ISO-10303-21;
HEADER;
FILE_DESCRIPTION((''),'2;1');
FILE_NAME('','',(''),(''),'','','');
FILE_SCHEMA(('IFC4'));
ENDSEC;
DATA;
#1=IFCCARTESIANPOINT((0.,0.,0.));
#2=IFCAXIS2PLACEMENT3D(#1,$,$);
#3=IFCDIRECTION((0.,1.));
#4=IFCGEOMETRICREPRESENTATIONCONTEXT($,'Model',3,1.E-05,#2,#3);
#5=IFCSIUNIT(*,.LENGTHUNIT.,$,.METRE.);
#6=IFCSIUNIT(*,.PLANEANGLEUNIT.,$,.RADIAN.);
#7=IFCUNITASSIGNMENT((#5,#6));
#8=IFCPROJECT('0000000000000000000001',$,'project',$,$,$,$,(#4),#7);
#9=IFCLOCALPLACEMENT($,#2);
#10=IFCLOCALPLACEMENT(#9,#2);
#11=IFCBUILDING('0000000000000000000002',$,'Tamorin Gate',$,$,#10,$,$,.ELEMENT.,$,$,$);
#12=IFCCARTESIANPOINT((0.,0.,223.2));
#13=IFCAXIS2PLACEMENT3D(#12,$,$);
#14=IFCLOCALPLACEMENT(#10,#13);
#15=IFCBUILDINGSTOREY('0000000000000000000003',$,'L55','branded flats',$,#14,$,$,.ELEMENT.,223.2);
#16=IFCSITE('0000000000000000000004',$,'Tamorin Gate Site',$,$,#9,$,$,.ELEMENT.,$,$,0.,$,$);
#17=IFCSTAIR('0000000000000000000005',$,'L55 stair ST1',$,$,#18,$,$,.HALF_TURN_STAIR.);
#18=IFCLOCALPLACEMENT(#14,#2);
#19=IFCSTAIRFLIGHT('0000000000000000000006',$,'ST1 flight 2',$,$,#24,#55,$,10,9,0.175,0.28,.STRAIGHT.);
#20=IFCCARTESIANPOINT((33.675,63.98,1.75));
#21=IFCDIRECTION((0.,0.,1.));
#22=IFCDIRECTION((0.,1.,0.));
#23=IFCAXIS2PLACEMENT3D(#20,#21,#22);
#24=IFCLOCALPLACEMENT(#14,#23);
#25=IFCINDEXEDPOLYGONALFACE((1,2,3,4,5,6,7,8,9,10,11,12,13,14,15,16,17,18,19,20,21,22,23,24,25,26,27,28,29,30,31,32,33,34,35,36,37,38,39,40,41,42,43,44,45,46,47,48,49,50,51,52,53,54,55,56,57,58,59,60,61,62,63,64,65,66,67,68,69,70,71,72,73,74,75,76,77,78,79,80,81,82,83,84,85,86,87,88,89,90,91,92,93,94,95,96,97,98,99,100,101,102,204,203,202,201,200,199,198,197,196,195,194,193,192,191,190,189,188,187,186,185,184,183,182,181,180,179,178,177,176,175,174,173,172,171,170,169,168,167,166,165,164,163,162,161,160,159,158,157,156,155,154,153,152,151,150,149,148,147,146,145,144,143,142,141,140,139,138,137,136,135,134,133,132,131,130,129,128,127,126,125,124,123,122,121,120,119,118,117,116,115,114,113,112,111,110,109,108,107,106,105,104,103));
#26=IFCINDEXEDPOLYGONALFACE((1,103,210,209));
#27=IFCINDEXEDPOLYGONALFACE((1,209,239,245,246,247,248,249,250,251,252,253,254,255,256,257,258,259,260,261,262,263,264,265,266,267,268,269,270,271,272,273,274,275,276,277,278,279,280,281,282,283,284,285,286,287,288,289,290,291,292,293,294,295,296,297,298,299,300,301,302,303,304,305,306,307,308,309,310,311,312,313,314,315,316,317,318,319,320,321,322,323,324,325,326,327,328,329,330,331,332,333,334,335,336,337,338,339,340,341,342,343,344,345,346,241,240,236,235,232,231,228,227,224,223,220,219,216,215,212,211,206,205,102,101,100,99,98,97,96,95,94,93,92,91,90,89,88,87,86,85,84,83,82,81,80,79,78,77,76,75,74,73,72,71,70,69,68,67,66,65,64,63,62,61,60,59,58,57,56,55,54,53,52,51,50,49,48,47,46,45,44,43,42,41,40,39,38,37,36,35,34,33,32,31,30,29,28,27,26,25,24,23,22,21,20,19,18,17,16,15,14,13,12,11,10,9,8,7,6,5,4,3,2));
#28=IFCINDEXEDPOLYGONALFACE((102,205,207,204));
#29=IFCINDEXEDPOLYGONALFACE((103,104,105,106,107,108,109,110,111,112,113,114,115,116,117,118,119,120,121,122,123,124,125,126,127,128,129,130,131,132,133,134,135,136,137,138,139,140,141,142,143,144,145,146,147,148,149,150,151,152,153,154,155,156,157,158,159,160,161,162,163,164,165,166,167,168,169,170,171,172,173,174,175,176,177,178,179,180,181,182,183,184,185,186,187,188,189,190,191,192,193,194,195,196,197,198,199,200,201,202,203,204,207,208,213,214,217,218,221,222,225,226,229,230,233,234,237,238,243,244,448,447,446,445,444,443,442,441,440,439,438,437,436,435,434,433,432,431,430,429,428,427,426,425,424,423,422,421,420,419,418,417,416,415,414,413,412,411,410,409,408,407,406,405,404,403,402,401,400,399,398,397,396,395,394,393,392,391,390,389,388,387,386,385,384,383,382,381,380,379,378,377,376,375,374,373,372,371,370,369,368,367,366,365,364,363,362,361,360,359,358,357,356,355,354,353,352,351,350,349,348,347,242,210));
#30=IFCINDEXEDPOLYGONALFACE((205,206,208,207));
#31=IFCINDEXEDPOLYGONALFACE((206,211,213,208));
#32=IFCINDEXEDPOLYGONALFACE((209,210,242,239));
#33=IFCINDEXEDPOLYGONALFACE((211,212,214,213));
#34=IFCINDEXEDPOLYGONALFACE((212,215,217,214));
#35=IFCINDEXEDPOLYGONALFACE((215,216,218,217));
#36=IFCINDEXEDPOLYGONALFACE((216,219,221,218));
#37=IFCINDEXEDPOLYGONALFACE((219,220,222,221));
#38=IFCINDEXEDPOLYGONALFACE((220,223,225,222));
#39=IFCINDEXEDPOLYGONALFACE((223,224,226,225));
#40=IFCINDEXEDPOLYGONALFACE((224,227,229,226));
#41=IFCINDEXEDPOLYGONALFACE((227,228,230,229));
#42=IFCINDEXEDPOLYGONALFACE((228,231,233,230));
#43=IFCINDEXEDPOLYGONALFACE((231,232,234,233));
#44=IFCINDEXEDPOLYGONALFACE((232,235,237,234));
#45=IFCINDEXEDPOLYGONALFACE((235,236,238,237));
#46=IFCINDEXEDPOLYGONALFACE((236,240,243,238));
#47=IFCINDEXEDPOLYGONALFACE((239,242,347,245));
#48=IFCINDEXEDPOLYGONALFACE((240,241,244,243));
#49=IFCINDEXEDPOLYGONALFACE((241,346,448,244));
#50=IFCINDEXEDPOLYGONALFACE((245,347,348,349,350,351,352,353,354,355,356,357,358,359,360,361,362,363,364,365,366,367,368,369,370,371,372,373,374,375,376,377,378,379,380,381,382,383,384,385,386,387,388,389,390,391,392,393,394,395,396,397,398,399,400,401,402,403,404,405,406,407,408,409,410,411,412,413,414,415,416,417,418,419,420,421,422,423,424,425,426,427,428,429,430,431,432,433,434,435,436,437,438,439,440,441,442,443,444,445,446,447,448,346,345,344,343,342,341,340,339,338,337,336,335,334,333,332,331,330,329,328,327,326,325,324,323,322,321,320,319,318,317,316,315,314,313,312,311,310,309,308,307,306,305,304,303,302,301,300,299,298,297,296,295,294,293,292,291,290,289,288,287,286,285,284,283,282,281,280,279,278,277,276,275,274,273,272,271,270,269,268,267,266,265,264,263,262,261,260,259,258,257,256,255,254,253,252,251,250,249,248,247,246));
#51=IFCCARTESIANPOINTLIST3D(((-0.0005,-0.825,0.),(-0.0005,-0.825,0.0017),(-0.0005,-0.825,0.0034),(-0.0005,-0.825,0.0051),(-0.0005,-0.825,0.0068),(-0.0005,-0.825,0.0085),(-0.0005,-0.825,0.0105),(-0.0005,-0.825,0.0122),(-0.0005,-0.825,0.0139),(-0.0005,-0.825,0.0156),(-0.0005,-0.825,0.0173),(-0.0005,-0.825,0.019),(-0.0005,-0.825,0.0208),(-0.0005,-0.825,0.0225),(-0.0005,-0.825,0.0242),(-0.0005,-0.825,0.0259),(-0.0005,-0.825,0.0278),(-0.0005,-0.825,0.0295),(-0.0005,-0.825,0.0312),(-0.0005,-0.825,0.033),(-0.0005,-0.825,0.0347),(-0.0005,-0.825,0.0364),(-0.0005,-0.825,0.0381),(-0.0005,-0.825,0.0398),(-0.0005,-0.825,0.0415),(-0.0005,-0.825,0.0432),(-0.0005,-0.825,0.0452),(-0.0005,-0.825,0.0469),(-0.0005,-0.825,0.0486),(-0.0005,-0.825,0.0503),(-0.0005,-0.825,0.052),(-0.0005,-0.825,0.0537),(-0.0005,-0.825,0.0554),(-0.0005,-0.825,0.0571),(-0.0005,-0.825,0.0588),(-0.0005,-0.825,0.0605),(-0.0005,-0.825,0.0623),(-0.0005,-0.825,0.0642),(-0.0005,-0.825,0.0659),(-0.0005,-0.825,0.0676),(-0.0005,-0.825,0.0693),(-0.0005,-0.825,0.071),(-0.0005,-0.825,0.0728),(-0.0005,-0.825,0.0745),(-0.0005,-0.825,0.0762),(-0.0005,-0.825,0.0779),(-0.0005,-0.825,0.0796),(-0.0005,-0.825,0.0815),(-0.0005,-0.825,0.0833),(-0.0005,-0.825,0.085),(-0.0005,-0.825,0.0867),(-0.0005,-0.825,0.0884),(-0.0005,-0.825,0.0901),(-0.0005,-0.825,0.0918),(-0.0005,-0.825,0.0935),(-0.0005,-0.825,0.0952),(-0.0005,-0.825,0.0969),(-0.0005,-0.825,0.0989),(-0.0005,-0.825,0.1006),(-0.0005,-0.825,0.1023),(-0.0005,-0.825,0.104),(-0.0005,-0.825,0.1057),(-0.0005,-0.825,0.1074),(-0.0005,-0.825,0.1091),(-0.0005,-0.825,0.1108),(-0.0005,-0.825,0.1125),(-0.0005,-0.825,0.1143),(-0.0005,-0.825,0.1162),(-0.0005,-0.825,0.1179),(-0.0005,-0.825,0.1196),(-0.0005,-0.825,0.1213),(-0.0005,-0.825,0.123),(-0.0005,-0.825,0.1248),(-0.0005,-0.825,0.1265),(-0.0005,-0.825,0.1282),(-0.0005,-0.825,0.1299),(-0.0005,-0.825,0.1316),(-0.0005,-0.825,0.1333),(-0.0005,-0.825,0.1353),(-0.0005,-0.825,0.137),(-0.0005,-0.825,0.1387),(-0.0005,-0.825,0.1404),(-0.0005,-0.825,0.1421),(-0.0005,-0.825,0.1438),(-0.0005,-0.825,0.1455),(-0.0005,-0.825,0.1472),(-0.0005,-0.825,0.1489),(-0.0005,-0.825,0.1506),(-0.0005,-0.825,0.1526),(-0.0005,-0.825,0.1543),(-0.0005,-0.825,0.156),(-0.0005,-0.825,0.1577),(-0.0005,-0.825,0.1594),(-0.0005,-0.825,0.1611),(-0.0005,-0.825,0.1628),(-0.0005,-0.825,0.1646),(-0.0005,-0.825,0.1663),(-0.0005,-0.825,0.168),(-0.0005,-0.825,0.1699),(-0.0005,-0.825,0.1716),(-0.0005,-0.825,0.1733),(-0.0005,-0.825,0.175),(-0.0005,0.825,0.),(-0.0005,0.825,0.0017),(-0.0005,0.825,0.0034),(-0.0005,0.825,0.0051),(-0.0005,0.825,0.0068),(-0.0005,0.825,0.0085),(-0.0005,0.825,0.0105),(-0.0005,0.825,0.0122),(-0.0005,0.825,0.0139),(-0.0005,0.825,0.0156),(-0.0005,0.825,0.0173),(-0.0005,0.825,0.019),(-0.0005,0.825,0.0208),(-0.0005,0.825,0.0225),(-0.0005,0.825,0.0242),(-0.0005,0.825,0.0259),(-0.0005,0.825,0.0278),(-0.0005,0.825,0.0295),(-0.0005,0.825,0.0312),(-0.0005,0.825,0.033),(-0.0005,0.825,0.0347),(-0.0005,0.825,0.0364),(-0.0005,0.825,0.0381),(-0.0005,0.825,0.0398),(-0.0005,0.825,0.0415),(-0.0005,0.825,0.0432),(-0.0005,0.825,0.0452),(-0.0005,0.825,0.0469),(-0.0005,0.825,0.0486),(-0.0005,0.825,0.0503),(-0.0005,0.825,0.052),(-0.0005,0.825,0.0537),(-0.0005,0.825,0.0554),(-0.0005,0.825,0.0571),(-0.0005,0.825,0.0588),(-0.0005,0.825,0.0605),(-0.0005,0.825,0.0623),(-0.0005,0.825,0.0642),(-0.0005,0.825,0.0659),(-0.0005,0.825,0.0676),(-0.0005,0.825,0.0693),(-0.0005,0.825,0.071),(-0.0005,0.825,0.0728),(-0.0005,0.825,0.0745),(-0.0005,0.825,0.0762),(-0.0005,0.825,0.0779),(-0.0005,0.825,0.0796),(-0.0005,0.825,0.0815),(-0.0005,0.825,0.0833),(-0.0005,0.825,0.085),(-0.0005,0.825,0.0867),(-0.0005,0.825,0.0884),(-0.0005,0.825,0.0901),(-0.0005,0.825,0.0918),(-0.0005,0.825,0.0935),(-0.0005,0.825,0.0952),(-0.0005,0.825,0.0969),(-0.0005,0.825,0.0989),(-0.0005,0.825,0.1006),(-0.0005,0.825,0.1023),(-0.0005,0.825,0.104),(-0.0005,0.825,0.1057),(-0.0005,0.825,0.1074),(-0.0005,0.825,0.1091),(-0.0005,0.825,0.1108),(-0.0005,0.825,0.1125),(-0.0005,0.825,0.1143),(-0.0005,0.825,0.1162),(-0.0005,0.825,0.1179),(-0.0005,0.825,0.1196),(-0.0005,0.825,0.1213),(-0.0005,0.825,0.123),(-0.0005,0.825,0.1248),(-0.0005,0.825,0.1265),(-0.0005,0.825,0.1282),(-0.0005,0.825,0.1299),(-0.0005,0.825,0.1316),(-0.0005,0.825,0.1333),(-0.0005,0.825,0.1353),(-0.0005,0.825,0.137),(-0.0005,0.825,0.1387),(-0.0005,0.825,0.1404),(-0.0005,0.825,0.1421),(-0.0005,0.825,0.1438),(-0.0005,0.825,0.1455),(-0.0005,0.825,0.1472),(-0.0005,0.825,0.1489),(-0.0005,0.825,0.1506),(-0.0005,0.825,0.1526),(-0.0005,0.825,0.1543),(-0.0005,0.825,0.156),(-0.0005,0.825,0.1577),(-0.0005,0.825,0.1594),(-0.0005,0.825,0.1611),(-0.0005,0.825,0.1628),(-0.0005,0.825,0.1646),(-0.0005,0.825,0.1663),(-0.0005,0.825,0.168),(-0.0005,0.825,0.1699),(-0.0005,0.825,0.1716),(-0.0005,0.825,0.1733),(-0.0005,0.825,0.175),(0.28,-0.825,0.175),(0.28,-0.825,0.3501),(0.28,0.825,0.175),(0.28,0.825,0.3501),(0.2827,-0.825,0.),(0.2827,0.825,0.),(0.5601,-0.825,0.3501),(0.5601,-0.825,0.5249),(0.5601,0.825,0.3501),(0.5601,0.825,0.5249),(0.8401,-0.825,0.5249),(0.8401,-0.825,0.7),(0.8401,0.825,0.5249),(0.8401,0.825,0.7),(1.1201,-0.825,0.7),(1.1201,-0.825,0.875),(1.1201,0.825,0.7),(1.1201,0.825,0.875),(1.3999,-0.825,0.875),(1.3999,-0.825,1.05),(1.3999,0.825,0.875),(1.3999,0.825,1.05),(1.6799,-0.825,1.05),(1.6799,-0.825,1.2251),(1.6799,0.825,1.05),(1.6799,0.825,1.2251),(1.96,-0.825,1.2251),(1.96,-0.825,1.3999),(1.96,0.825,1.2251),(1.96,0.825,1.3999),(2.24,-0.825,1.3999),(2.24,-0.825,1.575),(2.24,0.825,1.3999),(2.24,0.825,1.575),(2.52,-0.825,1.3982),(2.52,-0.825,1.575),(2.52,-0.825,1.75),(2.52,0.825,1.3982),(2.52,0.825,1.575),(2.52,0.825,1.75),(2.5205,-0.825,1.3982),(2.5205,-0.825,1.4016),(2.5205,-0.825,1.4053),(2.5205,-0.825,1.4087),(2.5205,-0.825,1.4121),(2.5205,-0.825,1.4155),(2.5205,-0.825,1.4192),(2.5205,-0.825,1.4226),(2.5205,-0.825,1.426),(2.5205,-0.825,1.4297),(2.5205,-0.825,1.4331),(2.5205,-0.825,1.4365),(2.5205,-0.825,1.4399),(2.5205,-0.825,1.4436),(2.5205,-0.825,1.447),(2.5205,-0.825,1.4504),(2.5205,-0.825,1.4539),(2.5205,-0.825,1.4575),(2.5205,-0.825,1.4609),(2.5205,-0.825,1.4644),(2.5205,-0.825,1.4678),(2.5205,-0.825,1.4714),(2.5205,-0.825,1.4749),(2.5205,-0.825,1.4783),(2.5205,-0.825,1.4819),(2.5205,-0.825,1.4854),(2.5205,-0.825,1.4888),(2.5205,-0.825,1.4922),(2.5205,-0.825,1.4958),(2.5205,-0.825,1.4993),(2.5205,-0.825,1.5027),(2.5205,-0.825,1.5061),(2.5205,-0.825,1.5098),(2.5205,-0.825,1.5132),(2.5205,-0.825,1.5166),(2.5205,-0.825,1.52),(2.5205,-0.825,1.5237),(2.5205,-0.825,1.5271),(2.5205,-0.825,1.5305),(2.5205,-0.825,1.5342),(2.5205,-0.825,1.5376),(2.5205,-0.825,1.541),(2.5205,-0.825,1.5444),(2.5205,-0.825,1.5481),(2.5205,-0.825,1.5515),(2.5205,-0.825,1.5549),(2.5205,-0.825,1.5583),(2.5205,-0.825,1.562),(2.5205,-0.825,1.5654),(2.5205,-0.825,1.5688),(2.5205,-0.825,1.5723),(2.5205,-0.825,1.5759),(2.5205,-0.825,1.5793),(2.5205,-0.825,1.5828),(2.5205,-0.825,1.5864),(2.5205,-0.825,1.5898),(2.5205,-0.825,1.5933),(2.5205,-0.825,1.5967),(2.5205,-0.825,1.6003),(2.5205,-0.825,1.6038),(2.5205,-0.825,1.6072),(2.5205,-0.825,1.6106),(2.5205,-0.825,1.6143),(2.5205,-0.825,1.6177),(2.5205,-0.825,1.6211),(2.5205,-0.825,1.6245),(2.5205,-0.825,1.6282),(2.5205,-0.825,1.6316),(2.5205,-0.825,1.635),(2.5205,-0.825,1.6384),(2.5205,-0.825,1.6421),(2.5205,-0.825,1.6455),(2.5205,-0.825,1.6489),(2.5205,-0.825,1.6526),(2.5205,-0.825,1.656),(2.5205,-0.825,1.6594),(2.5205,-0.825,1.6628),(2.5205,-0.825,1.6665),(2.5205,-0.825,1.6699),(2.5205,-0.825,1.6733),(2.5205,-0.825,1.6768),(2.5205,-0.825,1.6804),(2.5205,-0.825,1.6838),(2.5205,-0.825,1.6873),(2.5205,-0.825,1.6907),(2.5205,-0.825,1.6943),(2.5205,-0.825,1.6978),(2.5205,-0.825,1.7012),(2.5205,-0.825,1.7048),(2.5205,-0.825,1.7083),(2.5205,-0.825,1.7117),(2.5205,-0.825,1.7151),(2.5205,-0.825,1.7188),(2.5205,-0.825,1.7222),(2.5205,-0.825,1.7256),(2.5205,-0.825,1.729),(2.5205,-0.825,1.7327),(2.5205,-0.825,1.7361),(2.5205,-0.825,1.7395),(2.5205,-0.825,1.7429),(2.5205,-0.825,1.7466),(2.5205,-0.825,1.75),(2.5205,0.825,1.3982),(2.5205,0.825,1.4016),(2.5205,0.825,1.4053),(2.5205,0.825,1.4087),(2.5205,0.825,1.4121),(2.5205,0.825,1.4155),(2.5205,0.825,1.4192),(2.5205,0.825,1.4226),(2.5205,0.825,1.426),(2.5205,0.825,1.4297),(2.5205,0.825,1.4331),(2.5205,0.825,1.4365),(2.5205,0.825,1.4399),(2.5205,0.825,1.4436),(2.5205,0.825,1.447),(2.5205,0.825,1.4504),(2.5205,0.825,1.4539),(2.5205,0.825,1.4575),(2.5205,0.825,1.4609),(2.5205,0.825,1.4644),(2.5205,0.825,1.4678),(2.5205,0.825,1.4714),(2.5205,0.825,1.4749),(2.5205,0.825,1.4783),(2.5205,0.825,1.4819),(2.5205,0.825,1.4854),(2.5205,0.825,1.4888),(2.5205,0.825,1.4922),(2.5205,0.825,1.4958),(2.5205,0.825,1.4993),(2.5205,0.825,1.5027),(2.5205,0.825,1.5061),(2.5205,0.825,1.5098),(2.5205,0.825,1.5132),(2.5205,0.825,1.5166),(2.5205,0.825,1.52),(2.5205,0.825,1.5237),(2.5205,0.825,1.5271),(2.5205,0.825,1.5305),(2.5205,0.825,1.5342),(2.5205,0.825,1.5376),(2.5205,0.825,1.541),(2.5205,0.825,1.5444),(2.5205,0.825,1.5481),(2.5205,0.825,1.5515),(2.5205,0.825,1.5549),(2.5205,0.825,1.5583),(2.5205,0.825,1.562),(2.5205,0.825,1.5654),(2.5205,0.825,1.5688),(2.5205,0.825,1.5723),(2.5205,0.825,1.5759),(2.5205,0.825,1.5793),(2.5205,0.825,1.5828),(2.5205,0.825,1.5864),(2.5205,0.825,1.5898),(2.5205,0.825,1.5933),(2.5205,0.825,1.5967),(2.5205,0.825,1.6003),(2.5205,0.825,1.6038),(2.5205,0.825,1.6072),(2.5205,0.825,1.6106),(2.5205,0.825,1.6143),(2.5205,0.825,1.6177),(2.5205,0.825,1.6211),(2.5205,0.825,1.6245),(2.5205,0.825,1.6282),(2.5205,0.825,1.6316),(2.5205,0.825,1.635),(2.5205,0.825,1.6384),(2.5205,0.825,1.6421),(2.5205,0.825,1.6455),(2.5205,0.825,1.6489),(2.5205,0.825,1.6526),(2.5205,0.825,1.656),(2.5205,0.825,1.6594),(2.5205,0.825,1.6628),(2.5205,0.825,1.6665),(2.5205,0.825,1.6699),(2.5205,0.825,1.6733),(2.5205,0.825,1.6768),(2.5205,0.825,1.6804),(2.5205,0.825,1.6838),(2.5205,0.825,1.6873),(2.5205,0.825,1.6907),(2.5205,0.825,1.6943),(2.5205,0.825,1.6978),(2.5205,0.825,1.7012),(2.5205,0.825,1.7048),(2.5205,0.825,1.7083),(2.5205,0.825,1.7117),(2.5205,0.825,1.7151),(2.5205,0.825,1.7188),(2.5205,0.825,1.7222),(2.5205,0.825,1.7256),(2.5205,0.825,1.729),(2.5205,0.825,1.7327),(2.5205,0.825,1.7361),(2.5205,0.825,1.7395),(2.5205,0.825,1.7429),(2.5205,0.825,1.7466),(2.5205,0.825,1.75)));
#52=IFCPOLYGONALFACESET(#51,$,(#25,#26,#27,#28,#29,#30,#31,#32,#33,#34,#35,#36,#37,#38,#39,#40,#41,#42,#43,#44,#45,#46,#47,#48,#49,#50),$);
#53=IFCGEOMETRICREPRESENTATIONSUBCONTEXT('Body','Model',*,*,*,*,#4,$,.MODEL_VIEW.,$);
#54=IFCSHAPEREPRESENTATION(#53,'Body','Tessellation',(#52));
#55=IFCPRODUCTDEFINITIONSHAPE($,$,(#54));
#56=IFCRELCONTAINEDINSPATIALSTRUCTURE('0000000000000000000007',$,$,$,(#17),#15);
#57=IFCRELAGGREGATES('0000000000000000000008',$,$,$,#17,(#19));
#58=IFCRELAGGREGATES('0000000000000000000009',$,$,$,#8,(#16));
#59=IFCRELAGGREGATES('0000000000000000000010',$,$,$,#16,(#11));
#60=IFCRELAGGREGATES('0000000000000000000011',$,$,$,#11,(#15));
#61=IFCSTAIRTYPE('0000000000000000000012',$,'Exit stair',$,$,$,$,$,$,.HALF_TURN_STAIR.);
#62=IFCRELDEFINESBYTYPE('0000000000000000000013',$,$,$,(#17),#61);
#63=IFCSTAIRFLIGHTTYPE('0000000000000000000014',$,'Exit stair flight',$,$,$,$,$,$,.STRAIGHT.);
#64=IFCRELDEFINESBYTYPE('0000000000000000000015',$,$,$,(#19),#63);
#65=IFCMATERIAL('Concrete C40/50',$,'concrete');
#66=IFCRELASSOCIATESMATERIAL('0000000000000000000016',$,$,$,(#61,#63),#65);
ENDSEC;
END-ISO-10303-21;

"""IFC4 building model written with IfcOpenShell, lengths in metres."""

from ifc_helpers import new_model, si_unit, direction, frame, origin, place, context, subcontext, project, spatial, polyline, outline, extrude, material, type_object, element, aggregate, save


model = new_model("IFC4")

# Units and contexts
model_context = context("Model", 3, precision=1e-05, world=origin(), true_north=direction((0.0, 1.0)))
body_context = subcontext(model_context, "Body", "Model", "MODEL_VIEW")
ifc_project = project(units=[si_unit("LENGTHUNIT", "METRE"), si_unit("PLANEANGLEUNIT", "RADIAN")], contexts=[model_context])

# Site, building, storey
site_placement = place(None, origin())
site = spatial("IfcSite", under=ifc_project, at=site_placement, Name="Tamorin Gate Site", CompositionType="ELEMENT", RefElevation=0.0)
building_placement = place(site_placement, origin())
building = spatial("IfcBuilding", under=site, at=building_placement, Name="Tamorin Gate", CompositionType="ELEMENT")
storey_placement = place(building_placement, frame((0.0, 0.0, 223.2)))
storey = spatial("IfcBuildingStorey", under=building, at=storey_placement, Name="L55", Description="branded flats", CompositionType="ELEMENT", Elevation=223.2)

# Shared definitions
ifc_material_1 = material(Name="Concrete C40/50", Category="concrete")

# Stair, stair flight
stair_type = type_object("IfcStairType", Name="Exit stair", PredefinedType="HALF_TURN_STAIR", material=ifc_material_1)
stair_1_placement = place(storey_placement, origin())
stair_1 = element("IfcStair", 1, at=stair_1_placement, inside=storey, type_object=stair_type, Name="L55 stair ST1", PredefinedType="HALF_TURN_STAIR")
stair_flight_type = type_object("IfcStairFlightType", Name="Exit stair flight", PredefinedType="STRAIGHT", material=ifc_material_1)
stair_flight_1_placement = place(storey_placement, frame((33.675, 63.98, 1.75), z_axis=(0.0, 0.0, 1.0), x_axis=(0.0, 1.0, 0.0)))
stair_flight_1 = element("IfcStairFlight", 2, at=stair_flight_1_placement, type_object=stair_flight_type, Name="ST1 flight 2", NumberOfRisers=10, NumberOfTreads=9, PredefinedType="STRAIGHT", RiserHeight=0.175, TreadLength=0.28, context=body_context, shape_type="SweptSolid", body=[
    extrude(outline(polyline([(-0.0005, 0.0), (-0.0005, 0.0017), (-0.0005, 0.0034), (-0.0005, 0.0051), (-0.0005, 0.0068), (-0.0005, 0.0085), (-0.0005, 0.0105), (-0.0005, 0.0122), (-0.0005, 0.0139), (-0.0005, 0.0156), (-0.0005, 0.0173), (-0.0005, 0.019), (-0.0005, 0.0208), (-0.0005, 0.0225), (-0.0005, 0.0242), (-0.0005, 0.0259), (-0.0005, 0.0278), (-0.0005, 0.0295), (-0.0005, 0.0312), (-0.0005, 0.033), (-0.0005, 0.0347), (-0.0005, 0.0364), (-0.0005, 0.0381), (-0.0005, 0.0398), (-0.0005, 0.0415), (-0.0005, 0.0432), (-0.0005, 0.0452), (-0.0005, 0.0469), (-0.0005, 0.0486), (-0.0005, 0.0503), (-0.0005, 0.052), (-0.0005, 0.0537), (-0.0005, 0.0554), (-0.0005, 0.0571), (-0.0005, 0.0588), (-0.0005, 0.0605), (-0.0005, 0.0623), (-0.0005, 0.0642), (-0.0005, 0.0659), (-0.0005, 0.0676), (-0.0005, 0.0693), (-0.0005, 0.071), (-0.0005, 0.0728), (-0.0005, 0.0745), (-0.0005, 0.0762), (-0.0005, 0.0779), (-0.0005, 0.0796), (-0.0005, 0.0815), (-0.0005, 0.0833), (-0.0005, 0.085), (-0.0005, 0.0867), (-0.0005, 0.0884), (-0.0005, 0.0901), (-0.0005, 0.0918), (-0.0005, 0.0935), (-0.0005, 0.0952), (-0.0005, 0.0969), (-0.0005, 0.0989), (-0.0005, 0.1006), (-0.0005, 0.1023), (-0.0005, 0.104), (-0.0005, 0.1057), (-0.0005, 0.1074), (-0.0005, 0.1091), (-0.0005, 0.1108), (-0.0005, 0.1125), (-0.0005, 0.1143), (-0.0005, 0.1162), (-0.0005, 0.1179), (-0.0005, 0.1196), (-0.0005, 0.1213), (-0.0005, 0.123), (-0.0005, 0.1248), (-0.0005, 0.1265), (-0.0005, 0.1282), (-0.0005, 0.1299), (-0.0005, 0.1316), (-0.0005, 0.1333), (-0.0005, 0.1353), (-0.0005, 0.137), (-0.0005, 0.1387), (-0.0005, 0.1404), (-0.0005, 0.1421), (-0.0005, 0.1438), (-0.0005, 0.1455), (-0.0005, 0.1472), (-0.0005, 0.1489), (-0.0005, 0.1506), (-0.0005, 0.1526), (-0.0005, 0.1543), (-0.0005, 0.156), (-0.0005, 0.1577), (-0.0005, 0.1594), (-0.0005, 0.1611), (-0.0005, 0.1628), (-0.0005, 0.1646), (-0.0005, 0.1663), (-0.0005, 0.168), (-0.0005, 0.1699), (-0.0005, 0.1716), (-0.0005, 0.1733), (-0.0005, 0.175), (0.28, 0.175), (0.28, 0.3501), (0.5601, 0.3501), (0.5601, 0.5249), (0.8401, 0.5249), (0.8401, 0.7), (1.1201, 0.7), (1.1201, 0.875), (1.3999, 0.875), (1.3999, 1.05), (1.6799, 1.05), (1.6799, 1.2251), (1.96, 1.2251), (1.96, 1.3999), (2.24, 1.3999), (2.24, 1.575), (2.52, 1.575), (2.52, 1.75), (2.5205, 1.75), (2.5205, 1.7466), (2.5205, 1.7429), (2.5205, 1.7395), (2.5205, 1.7361), (2.5205, 1.7327), (2.5205, 1.729), (2.5205, 1.7256), (2.5205, 1.7222), (2.5205, 1.7188), (2.5205, 1.7151), (2.5205, 1.7117), (2.5205, 1.7083), (2.5205, 1.7048), (2.5205, 1.7012), (2.5205, 1.6978), (2.5205, 1.6943), (2.5205, 1.6907), (2.5205, 1.6873), (2.5205, 1.6838), (2.5205, 1.6804), (2.5205, 1.6768), (2.5205, 1.6733), (2.5205, 1.6699), (2.5205, 1.6665), (2.5205, 1.6628), (2.5205, 1.6594), (2.5205, 1.656), (2.5205, 1.6526), (2.5205, 1.6489), (2.5205, 1.6455), (2.5205, 1.6421), (2.5205, 1.6384), (2.5205, 1.635), (2.5205, 1.6316), (2.5205, 1.6282), (2.5205, 1.6245), (2.5205, 1.6211), (2.5205, 1.6177), (2.5205, 1.6143), (2.5205, 1.6106), (2.5205, 1.6072), (2.5205, 1.6038), (2.5205, 1.6003), (2.5205, 1.5967), (2.5205, 1.5933), (2.5205, 1.5898), (2.5205, 1.5864), (2.5205, 1.5828), (2.5205, 1.5793), (2.5205, 1.5759), (2.5205, 1.5723), (2.5205, 1.5688), (2.5205, 1.5654), (2.5205, 1.562), (2.5205, 1.5583), (2.5205, 1.5549), (2.5205, 1.5515), (2.5205, 1.5481), (2.5205, 1.5444), (2.5205, 1.541), (2.5205, 1.5376), (2.5205, 1.5342), (2.5205, 1.5305), (2.5205, 1.5271), (2.5205, 1.5237), (2.5205, 1.52), (2.5205, 1.5166), (2.5205, 1.5132), (2.5205, 1.5098), (2.5205, 1.5061), (2.5205, 1.5027), (2.5205, 1.4993), (2.5205, 1.4958), (2.5205, 1.4922), (2.5205, 1.4888), (2.5205, 1.4854), (2.5205, 1.4819), (2.5205, 1.4783), (2.5205, 1.4749), (2.5205, 1.4714), (2.5205, 1.4678), (2.5205, 1.4644), (2.5205, 1.4609), (2.5205, 1.4575), (2.5205, 1.4539), (2.5205, 1.4504), (2.5205, 1.447), (2.5205, 1.4436), (2.5205, 1.4399), (2.5205, 1.4365), (2.5205, 1.4331), (2.5205, 1.4297), (2.5205, 1.426), (2.5205, 1.4226), (2.5205, 1.4192), (2.5205, 1.4155), (2.5205, 1.4121), (2.5205, 1.4087), (2.5205, 1.4053), (2.5205, 1.4016), (2.5205, 1.3982), (2.52, 1.3982), (0.2827, 0.0), (-0.0005, 0.0)])), frame((0.0, 0.825, 0.0), z_axis=(0.0, -1.0, 0.0), x_axis=(1.0, 0.0, 0.0)), (0.0, 0.0, 1.0), 1.6499),
])
aggregate(stair_1, [stair_flight_1])

save(model, "model.ifc")
